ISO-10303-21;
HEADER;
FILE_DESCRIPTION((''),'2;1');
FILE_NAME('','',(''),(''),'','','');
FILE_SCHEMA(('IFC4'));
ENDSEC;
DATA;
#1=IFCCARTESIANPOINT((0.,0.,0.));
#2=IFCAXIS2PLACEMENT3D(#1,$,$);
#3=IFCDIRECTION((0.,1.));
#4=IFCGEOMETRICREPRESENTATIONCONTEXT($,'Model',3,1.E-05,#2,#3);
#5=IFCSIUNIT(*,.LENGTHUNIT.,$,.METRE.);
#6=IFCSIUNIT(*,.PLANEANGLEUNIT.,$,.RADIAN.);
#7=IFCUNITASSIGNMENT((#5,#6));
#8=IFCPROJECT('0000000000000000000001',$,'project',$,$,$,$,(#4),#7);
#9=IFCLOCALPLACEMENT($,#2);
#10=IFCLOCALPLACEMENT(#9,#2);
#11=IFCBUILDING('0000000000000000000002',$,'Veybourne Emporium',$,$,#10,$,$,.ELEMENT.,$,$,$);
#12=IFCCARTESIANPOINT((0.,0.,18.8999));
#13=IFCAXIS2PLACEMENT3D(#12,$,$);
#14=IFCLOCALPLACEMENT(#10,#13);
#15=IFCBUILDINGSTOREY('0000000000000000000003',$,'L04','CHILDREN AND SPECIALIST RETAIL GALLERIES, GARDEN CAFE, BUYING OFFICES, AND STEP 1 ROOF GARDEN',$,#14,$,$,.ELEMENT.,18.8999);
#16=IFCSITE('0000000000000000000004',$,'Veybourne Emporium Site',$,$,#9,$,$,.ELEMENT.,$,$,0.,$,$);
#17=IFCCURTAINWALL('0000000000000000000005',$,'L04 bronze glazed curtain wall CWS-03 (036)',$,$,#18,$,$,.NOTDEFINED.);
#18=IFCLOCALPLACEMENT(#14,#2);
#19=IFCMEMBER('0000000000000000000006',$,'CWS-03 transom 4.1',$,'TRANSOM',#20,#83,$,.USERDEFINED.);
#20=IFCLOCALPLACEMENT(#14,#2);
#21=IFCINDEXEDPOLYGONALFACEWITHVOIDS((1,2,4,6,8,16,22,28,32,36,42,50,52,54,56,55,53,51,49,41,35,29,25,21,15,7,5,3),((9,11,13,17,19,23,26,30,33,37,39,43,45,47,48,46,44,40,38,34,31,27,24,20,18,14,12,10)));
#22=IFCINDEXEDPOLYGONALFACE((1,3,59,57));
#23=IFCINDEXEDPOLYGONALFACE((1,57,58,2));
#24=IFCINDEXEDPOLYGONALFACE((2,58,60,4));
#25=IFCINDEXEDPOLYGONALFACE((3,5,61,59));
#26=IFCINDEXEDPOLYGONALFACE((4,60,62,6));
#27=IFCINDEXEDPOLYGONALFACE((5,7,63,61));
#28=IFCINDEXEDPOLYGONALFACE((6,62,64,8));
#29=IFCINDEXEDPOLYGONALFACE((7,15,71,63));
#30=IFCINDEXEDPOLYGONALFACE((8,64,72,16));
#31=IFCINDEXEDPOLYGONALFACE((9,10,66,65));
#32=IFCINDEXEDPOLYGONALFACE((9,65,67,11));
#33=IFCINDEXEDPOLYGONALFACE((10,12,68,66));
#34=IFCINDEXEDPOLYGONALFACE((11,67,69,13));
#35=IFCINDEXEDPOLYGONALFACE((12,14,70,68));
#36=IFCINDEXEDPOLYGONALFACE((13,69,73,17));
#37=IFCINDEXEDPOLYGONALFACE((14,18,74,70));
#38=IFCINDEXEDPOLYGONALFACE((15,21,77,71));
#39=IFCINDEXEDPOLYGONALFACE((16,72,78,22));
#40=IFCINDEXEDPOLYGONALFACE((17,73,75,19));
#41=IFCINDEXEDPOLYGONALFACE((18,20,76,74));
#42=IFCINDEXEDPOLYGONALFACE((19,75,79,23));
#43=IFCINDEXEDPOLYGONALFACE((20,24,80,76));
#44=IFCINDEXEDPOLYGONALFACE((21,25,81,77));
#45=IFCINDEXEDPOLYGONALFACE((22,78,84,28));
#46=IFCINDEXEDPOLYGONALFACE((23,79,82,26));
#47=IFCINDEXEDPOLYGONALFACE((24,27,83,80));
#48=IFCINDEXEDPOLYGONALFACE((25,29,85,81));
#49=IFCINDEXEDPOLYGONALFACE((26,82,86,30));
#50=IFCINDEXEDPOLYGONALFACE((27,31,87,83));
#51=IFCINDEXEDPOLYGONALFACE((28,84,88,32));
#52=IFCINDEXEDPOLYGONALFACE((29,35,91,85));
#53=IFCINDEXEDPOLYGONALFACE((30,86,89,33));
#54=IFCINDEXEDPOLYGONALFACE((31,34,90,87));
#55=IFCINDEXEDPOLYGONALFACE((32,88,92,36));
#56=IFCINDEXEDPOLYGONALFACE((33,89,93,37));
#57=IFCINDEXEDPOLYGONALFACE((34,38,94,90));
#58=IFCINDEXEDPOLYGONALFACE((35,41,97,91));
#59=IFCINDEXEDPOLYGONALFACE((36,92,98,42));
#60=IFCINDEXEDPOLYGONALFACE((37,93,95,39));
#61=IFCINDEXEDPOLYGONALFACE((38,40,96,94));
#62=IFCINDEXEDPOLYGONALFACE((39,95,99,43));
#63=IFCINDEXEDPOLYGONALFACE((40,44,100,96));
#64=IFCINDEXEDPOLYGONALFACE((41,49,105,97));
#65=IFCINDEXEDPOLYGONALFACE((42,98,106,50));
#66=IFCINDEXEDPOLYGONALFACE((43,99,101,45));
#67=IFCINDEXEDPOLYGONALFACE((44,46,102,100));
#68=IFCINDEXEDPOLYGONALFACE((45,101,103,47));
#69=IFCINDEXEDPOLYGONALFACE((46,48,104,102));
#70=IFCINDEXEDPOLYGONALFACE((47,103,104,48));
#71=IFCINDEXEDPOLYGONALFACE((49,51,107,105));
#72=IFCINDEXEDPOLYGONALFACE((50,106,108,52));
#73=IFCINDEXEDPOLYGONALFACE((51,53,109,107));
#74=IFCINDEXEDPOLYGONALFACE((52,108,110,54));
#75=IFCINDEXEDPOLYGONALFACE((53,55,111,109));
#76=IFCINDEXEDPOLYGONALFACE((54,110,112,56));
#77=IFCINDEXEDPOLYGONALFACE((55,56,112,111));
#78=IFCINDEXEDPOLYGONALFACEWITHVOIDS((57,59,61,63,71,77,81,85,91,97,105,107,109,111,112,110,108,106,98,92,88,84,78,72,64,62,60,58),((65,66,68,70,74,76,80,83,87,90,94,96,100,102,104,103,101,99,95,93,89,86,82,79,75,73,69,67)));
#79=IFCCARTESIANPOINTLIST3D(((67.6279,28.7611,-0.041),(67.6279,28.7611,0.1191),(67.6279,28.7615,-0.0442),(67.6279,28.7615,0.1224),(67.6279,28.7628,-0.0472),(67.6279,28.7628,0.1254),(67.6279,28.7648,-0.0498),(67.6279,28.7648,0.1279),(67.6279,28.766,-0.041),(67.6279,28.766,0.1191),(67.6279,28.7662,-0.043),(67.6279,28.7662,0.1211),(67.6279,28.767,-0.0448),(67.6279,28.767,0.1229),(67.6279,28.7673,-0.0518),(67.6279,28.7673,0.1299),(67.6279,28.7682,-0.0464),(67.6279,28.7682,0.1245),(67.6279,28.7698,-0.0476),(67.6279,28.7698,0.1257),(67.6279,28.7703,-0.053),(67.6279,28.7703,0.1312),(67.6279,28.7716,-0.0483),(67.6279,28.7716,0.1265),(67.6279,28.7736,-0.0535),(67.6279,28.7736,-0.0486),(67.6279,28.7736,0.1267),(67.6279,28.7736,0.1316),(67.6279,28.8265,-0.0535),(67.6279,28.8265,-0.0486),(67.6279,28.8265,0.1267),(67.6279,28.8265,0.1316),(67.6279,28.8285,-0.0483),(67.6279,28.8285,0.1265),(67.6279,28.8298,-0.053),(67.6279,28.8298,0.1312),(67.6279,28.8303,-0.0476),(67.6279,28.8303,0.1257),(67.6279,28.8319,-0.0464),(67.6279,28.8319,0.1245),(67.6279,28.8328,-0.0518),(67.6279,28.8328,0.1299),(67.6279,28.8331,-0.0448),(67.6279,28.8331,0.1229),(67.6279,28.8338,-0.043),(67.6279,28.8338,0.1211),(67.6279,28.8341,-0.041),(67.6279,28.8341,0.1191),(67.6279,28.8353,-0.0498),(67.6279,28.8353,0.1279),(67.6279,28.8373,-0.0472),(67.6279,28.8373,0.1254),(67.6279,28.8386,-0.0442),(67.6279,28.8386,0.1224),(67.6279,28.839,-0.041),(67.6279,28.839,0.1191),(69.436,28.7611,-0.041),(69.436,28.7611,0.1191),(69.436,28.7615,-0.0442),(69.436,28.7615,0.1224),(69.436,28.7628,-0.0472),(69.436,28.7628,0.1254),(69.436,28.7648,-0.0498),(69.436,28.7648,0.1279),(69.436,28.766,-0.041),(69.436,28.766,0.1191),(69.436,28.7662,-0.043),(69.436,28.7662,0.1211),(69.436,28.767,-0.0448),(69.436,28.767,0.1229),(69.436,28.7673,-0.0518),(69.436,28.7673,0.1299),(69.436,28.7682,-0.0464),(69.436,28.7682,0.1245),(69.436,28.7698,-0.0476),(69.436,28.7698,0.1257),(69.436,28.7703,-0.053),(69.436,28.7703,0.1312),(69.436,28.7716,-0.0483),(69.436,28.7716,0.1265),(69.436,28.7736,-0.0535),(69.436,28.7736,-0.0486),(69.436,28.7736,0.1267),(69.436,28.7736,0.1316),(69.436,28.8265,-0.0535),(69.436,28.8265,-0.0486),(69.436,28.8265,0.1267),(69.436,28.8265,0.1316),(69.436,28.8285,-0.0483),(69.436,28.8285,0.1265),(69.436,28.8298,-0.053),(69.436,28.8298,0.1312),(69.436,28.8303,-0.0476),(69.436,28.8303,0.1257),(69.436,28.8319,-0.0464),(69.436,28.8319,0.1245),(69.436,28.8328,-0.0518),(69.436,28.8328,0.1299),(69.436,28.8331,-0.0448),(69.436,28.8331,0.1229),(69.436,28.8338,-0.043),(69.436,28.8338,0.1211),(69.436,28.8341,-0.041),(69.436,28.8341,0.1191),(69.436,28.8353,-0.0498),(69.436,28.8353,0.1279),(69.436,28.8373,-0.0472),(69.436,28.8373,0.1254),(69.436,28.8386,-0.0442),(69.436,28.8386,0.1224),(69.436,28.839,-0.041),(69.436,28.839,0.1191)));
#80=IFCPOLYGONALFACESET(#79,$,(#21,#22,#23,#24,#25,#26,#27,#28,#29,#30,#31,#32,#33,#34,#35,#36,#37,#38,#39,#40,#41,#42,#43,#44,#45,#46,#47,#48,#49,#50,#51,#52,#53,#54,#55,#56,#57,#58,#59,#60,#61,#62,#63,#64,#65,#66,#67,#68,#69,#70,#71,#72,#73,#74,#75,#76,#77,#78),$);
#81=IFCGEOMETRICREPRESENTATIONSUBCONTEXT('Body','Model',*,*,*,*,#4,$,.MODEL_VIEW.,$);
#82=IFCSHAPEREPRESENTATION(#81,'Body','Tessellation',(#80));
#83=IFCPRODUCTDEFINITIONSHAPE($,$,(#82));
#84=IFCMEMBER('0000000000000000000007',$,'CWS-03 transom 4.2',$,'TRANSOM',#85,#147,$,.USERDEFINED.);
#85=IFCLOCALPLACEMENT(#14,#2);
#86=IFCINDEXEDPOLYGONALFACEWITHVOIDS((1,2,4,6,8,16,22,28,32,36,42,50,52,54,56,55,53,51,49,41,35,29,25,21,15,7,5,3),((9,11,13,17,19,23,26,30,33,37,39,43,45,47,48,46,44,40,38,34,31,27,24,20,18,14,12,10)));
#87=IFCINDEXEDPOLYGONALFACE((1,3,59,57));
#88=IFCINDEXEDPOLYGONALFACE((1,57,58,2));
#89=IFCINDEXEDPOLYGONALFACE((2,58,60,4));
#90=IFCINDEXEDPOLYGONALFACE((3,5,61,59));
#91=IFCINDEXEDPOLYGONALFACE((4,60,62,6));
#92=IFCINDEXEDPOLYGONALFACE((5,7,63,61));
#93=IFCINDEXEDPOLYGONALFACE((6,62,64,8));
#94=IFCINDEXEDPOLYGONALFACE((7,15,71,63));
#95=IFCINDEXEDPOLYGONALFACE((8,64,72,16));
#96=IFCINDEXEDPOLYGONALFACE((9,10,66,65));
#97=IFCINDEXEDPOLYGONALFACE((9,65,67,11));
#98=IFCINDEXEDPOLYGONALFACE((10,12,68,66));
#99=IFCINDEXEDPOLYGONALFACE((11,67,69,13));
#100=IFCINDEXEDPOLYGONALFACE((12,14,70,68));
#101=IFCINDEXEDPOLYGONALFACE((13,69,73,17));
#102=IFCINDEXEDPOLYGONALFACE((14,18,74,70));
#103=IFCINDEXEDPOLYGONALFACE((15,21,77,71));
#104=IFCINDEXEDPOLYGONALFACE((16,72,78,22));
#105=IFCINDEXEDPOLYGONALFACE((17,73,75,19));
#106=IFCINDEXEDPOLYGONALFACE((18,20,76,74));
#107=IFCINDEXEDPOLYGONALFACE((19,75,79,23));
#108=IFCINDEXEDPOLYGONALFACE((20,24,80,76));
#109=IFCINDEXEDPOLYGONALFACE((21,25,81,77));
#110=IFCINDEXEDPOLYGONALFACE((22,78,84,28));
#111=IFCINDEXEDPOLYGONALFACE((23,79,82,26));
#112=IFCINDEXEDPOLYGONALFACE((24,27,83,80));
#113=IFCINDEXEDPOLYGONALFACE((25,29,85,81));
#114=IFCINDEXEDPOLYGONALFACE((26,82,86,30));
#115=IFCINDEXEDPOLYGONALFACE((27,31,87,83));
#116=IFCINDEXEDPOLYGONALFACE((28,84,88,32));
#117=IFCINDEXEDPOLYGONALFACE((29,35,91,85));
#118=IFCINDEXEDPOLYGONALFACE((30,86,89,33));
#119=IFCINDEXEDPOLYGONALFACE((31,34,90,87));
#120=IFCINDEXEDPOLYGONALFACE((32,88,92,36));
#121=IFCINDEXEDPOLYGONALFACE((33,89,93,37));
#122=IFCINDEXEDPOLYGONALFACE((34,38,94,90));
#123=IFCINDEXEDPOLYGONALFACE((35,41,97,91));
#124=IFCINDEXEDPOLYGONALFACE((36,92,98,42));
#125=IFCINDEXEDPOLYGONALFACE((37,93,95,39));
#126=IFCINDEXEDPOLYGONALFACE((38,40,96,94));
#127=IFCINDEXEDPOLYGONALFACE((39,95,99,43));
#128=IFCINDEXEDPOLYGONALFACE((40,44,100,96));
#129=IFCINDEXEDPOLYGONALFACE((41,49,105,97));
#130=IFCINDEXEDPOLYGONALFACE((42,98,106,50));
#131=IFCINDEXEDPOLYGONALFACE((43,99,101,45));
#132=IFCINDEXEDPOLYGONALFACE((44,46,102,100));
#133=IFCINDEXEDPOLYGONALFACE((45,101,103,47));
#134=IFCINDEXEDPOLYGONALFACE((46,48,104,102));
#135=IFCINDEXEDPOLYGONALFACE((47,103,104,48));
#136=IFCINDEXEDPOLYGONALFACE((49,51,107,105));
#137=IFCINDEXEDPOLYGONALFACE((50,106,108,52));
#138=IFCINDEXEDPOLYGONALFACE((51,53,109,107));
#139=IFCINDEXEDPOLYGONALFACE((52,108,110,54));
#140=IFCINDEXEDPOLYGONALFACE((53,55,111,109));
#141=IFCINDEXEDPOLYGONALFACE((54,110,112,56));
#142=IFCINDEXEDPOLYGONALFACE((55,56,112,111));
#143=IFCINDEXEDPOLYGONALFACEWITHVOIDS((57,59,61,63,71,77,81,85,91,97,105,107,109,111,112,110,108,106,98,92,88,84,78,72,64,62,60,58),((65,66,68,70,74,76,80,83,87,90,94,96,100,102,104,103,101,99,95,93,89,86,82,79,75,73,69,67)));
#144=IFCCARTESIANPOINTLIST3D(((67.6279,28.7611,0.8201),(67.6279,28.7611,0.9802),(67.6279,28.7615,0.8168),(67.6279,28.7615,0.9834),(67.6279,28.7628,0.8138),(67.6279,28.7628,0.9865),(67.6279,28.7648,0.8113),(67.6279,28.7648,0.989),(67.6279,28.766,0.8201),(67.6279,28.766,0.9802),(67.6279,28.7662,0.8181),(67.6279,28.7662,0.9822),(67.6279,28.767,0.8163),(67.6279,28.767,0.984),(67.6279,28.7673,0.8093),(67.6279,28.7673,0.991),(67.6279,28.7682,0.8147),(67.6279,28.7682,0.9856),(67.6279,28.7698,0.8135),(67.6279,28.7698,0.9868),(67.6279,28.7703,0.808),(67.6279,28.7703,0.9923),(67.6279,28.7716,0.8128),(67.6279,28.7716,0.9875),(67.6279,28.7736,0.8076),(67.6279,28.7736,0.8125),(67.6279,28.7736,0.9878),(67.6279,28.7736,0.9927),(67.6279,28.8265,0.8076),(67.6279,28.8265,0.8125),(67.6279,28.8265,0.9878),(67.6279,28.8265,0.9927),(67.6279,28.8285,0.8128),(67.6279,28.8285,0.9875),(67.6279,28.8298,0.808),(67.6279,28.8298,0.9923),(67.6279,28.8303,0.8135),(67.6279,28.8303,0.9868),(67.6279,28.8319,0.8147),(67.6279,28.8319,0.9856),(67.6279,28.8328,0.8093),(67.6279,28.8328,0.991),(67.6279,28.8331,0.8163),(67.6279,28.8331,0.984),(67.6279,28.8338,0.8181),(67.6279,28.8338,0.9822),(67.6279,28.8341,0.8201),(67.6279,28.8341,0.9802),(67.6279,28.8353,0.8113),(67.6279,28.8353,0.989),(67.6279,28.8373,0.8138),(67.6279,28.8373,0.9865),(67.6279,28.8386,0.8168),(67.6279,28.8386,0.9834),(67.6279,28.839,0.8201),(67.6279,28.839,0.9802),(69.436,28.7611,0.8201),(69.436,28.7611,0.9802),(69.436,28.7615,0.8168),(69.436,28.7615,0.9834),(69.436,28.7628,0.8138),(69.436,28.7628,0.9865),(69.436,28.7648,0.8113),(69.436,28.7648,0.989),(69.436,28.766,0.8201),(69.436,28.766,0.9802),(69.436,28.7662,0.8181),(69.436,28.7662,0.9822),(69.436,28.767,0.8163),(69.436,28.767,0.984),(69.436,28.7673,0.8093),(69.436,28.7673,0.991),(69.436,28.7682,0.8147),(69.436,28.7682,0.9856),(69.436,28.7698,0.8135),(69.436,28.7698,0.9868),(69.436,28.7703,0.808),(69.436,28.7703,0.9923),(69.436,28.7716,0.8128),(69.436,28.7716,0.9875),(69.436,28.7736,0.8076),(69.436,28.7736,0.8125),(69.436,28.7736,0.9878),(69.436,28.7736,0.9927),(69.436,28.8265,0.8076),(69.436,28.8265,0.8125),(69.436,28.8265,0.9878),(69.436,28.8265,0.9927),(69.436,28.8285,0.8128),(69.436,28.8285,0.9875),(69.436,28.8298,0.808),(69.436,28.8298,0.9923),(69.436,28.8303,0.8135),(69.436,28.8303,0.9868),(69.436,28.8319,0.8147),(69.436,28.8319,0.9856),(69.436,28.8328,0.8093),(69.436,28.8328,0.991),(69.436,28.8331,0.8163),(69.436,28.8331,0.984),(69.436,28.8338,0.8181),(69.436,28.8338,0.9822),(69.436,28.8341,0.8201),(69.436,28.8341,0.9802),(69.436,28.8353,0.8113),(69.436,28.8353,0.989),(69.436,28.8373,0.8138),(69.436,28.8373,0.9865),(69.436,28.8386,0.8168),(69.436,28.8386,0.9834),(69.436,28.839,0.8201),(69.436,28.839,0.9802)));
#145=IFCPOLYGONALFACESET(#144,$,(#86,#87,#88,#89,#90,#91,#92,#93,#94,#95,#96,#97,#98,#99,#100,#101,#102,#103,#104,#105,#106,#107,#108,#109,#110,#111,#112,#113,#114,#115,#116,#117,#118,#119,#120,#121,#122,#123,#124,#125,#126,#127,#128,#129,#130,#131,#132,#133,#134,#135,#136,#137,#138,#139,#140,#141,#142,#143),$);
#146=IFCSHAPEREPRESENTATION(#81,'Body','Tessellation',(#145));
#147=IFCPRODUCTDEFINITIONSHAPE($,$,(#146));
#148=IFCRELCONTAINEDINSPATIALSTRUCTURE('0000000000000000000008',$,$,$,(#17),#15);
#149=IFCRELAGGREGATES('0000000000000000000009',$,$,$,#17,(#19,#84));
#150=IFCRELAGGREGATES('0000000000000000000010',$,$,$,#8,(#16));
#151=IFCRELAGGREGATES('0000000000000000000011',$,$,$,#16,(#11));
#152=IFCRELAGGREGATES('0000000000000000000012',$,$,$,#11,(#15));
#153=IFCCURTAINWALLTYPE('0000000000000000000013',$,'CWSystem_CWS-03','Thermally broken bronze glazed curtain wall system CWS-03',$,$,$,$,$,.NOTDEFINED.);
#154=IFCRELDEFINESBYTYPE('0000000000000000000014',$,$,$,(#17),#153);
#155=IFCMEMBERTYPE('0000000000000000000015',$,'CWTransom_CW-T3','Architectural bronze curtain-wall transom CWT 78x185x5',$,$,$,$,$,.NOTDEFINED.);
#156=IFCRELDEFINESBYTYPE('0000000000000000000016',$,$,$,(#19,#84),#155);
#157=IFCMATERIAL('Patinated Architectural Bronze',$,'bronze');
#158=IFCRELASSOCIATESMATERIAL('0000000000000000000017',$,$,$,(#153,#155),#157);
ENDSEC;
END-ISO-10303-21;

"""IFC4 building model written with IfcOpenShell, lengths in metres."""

from ifc_helpers import new_model, si_unit, direction, frame, origin, origin_2d, place, context, subcontext, project, spatial, hollow_rectangle, extrude, material, material_profile, profile_set, type_object, element, aggregate, save


model = new_model("IFC4")

# Units and contexts
model_context = context("Model", 3, precision=1e-05, world=origin(), true_north=direction((0.0, 1.0)))
body_context = subcontext(model_context, "Body", "Model", "MODEL_VIEW")
ifc_project = project(units=[si_unit("LENGTHUNIT", "METRE"), si_unit("PLANEANGLEUNIT", "RADIAN")], contexts=[model_context])

# Site, building, storey
site_placement = place(None, origin())
site = spatial("IfcSite", under=ifc_project, at=site_placement, Name="Veybourne Emporium Site", CompositionType="ELEMENT", RefElevation=0.0)
building_placement = place(site_placement, origin())
building = spatial("IfcBuilding", under=site, at=building_placement, Name="Veybourne Emporium", CompositionType="ELEMENT")
storey_placement = place(building_placement, frame((0.0, 0.0, 18.8999)))
storey = spatial("IfcBuildingStorey", under=building, at=storey_placement, Name="L04", Description="CHILDREN AND SPECIALIST RETAIL GALLERIES, GARDEN CAFE, BUYING OFFICES, AND STEP 1 ROOF GARDEN", CompositionType="ELEMENT", Elevation=18.8999)

# Curtain wall
ifc_material_1 = material(Name="Patinated Architectural Bronze", Category="bronze")
curtain_wall_type_1 = type_object("IfcCurtainWallType", Name="CWSystem_CWS-03", Description="Thermally broken bronze glazed curtain wall system CWS-03", PredefinedType="NOTDEFINED", material=ifc_material_1)
curtain_wall_1_placement = place(storey_placement, origin())
curtain_wall_1 = element("IfcCurtainWall", 1, at=curtain_wall_1_placement, inside=storey, type_object=curtain_wall_type_1, Name="L04 bronze glazed curtain wall CWS-03 (036)", PredefinedType="NOTDEFINED")

# Members
ifc_material_profile_1 = material_profile(ifc_material_1, hollow_rectangle(XDim=0.0779, YDim=0.1851, WallThickness=0.0049, InnerFilletRadius=0.0076, OuterFilletRadius=0.0125, at=origin_2d()), Name="CWT 78x185x5")
ifc_profile_set_1 = profile_set([ifc_material_profile_1], Name="Patinated Architectural Bronze")
member_type_1 = type_object("IfcMemberType", Name="CWTransom_CW-T3", Description="Architectural bronze curtain-wall transom CWT 78x185x5", PredefinedType="NOTDEFINED", material=ifc_profile_set_1)
member_1_placement = place(storey_placement, frame((69.436, 28.8, 0.0391), z_axis=(-1.0, 0.0, 0.0), x_axis=(0.0, -1.0, 0.0)))
member_1 = element("IfcMember", 2, at=member_1_placement, type_object=member_type_1, Name="CWS-03 transom 4.1", ObjectType="TRANSOM", PredefinedType="USERDEFINED", context=body_context, shape_type="SweptSolid", body=[
    extrude(hollow_rectangle(XDim=0.0779, YDim=0.1851, WallThickness=0.0049, InnerFilletRadius=0.0076, OuterFilletRadius=0.0125, at=origin_2d()), origin(), (0.0, 0.0, 1.0), 1.8081),
])
member_2_placement = place(storey_placement, frame((69.436, 28.8, 0.9001), z_axis=(-1.0, 0.0, 0.0), x_axis=(0.0, -1.0, 0.0)))
member_2 = element("IfcMember", 3, at=member_2_placement, type_object=member_type_1, Name="CWS-03 transom 4.2", ObjectType="TRANSOM", PredefinedType="USERDEFINED", context=body_context, shape_type="SweptSolid", body=[
    extrude(hollow_rectangle(XDim=0.0779, YDim=0.1851, WallThickness=0.0049, InnerFilletRadius=0.0076, OuterFilletRadius=0.0125, at=origin_2d()), origin(), (0.0, 0.0, 1.0), 1.8081),
])

aggregate(curtain_wall_1, [member_1, member_2])

save(model, "model.ifc")
